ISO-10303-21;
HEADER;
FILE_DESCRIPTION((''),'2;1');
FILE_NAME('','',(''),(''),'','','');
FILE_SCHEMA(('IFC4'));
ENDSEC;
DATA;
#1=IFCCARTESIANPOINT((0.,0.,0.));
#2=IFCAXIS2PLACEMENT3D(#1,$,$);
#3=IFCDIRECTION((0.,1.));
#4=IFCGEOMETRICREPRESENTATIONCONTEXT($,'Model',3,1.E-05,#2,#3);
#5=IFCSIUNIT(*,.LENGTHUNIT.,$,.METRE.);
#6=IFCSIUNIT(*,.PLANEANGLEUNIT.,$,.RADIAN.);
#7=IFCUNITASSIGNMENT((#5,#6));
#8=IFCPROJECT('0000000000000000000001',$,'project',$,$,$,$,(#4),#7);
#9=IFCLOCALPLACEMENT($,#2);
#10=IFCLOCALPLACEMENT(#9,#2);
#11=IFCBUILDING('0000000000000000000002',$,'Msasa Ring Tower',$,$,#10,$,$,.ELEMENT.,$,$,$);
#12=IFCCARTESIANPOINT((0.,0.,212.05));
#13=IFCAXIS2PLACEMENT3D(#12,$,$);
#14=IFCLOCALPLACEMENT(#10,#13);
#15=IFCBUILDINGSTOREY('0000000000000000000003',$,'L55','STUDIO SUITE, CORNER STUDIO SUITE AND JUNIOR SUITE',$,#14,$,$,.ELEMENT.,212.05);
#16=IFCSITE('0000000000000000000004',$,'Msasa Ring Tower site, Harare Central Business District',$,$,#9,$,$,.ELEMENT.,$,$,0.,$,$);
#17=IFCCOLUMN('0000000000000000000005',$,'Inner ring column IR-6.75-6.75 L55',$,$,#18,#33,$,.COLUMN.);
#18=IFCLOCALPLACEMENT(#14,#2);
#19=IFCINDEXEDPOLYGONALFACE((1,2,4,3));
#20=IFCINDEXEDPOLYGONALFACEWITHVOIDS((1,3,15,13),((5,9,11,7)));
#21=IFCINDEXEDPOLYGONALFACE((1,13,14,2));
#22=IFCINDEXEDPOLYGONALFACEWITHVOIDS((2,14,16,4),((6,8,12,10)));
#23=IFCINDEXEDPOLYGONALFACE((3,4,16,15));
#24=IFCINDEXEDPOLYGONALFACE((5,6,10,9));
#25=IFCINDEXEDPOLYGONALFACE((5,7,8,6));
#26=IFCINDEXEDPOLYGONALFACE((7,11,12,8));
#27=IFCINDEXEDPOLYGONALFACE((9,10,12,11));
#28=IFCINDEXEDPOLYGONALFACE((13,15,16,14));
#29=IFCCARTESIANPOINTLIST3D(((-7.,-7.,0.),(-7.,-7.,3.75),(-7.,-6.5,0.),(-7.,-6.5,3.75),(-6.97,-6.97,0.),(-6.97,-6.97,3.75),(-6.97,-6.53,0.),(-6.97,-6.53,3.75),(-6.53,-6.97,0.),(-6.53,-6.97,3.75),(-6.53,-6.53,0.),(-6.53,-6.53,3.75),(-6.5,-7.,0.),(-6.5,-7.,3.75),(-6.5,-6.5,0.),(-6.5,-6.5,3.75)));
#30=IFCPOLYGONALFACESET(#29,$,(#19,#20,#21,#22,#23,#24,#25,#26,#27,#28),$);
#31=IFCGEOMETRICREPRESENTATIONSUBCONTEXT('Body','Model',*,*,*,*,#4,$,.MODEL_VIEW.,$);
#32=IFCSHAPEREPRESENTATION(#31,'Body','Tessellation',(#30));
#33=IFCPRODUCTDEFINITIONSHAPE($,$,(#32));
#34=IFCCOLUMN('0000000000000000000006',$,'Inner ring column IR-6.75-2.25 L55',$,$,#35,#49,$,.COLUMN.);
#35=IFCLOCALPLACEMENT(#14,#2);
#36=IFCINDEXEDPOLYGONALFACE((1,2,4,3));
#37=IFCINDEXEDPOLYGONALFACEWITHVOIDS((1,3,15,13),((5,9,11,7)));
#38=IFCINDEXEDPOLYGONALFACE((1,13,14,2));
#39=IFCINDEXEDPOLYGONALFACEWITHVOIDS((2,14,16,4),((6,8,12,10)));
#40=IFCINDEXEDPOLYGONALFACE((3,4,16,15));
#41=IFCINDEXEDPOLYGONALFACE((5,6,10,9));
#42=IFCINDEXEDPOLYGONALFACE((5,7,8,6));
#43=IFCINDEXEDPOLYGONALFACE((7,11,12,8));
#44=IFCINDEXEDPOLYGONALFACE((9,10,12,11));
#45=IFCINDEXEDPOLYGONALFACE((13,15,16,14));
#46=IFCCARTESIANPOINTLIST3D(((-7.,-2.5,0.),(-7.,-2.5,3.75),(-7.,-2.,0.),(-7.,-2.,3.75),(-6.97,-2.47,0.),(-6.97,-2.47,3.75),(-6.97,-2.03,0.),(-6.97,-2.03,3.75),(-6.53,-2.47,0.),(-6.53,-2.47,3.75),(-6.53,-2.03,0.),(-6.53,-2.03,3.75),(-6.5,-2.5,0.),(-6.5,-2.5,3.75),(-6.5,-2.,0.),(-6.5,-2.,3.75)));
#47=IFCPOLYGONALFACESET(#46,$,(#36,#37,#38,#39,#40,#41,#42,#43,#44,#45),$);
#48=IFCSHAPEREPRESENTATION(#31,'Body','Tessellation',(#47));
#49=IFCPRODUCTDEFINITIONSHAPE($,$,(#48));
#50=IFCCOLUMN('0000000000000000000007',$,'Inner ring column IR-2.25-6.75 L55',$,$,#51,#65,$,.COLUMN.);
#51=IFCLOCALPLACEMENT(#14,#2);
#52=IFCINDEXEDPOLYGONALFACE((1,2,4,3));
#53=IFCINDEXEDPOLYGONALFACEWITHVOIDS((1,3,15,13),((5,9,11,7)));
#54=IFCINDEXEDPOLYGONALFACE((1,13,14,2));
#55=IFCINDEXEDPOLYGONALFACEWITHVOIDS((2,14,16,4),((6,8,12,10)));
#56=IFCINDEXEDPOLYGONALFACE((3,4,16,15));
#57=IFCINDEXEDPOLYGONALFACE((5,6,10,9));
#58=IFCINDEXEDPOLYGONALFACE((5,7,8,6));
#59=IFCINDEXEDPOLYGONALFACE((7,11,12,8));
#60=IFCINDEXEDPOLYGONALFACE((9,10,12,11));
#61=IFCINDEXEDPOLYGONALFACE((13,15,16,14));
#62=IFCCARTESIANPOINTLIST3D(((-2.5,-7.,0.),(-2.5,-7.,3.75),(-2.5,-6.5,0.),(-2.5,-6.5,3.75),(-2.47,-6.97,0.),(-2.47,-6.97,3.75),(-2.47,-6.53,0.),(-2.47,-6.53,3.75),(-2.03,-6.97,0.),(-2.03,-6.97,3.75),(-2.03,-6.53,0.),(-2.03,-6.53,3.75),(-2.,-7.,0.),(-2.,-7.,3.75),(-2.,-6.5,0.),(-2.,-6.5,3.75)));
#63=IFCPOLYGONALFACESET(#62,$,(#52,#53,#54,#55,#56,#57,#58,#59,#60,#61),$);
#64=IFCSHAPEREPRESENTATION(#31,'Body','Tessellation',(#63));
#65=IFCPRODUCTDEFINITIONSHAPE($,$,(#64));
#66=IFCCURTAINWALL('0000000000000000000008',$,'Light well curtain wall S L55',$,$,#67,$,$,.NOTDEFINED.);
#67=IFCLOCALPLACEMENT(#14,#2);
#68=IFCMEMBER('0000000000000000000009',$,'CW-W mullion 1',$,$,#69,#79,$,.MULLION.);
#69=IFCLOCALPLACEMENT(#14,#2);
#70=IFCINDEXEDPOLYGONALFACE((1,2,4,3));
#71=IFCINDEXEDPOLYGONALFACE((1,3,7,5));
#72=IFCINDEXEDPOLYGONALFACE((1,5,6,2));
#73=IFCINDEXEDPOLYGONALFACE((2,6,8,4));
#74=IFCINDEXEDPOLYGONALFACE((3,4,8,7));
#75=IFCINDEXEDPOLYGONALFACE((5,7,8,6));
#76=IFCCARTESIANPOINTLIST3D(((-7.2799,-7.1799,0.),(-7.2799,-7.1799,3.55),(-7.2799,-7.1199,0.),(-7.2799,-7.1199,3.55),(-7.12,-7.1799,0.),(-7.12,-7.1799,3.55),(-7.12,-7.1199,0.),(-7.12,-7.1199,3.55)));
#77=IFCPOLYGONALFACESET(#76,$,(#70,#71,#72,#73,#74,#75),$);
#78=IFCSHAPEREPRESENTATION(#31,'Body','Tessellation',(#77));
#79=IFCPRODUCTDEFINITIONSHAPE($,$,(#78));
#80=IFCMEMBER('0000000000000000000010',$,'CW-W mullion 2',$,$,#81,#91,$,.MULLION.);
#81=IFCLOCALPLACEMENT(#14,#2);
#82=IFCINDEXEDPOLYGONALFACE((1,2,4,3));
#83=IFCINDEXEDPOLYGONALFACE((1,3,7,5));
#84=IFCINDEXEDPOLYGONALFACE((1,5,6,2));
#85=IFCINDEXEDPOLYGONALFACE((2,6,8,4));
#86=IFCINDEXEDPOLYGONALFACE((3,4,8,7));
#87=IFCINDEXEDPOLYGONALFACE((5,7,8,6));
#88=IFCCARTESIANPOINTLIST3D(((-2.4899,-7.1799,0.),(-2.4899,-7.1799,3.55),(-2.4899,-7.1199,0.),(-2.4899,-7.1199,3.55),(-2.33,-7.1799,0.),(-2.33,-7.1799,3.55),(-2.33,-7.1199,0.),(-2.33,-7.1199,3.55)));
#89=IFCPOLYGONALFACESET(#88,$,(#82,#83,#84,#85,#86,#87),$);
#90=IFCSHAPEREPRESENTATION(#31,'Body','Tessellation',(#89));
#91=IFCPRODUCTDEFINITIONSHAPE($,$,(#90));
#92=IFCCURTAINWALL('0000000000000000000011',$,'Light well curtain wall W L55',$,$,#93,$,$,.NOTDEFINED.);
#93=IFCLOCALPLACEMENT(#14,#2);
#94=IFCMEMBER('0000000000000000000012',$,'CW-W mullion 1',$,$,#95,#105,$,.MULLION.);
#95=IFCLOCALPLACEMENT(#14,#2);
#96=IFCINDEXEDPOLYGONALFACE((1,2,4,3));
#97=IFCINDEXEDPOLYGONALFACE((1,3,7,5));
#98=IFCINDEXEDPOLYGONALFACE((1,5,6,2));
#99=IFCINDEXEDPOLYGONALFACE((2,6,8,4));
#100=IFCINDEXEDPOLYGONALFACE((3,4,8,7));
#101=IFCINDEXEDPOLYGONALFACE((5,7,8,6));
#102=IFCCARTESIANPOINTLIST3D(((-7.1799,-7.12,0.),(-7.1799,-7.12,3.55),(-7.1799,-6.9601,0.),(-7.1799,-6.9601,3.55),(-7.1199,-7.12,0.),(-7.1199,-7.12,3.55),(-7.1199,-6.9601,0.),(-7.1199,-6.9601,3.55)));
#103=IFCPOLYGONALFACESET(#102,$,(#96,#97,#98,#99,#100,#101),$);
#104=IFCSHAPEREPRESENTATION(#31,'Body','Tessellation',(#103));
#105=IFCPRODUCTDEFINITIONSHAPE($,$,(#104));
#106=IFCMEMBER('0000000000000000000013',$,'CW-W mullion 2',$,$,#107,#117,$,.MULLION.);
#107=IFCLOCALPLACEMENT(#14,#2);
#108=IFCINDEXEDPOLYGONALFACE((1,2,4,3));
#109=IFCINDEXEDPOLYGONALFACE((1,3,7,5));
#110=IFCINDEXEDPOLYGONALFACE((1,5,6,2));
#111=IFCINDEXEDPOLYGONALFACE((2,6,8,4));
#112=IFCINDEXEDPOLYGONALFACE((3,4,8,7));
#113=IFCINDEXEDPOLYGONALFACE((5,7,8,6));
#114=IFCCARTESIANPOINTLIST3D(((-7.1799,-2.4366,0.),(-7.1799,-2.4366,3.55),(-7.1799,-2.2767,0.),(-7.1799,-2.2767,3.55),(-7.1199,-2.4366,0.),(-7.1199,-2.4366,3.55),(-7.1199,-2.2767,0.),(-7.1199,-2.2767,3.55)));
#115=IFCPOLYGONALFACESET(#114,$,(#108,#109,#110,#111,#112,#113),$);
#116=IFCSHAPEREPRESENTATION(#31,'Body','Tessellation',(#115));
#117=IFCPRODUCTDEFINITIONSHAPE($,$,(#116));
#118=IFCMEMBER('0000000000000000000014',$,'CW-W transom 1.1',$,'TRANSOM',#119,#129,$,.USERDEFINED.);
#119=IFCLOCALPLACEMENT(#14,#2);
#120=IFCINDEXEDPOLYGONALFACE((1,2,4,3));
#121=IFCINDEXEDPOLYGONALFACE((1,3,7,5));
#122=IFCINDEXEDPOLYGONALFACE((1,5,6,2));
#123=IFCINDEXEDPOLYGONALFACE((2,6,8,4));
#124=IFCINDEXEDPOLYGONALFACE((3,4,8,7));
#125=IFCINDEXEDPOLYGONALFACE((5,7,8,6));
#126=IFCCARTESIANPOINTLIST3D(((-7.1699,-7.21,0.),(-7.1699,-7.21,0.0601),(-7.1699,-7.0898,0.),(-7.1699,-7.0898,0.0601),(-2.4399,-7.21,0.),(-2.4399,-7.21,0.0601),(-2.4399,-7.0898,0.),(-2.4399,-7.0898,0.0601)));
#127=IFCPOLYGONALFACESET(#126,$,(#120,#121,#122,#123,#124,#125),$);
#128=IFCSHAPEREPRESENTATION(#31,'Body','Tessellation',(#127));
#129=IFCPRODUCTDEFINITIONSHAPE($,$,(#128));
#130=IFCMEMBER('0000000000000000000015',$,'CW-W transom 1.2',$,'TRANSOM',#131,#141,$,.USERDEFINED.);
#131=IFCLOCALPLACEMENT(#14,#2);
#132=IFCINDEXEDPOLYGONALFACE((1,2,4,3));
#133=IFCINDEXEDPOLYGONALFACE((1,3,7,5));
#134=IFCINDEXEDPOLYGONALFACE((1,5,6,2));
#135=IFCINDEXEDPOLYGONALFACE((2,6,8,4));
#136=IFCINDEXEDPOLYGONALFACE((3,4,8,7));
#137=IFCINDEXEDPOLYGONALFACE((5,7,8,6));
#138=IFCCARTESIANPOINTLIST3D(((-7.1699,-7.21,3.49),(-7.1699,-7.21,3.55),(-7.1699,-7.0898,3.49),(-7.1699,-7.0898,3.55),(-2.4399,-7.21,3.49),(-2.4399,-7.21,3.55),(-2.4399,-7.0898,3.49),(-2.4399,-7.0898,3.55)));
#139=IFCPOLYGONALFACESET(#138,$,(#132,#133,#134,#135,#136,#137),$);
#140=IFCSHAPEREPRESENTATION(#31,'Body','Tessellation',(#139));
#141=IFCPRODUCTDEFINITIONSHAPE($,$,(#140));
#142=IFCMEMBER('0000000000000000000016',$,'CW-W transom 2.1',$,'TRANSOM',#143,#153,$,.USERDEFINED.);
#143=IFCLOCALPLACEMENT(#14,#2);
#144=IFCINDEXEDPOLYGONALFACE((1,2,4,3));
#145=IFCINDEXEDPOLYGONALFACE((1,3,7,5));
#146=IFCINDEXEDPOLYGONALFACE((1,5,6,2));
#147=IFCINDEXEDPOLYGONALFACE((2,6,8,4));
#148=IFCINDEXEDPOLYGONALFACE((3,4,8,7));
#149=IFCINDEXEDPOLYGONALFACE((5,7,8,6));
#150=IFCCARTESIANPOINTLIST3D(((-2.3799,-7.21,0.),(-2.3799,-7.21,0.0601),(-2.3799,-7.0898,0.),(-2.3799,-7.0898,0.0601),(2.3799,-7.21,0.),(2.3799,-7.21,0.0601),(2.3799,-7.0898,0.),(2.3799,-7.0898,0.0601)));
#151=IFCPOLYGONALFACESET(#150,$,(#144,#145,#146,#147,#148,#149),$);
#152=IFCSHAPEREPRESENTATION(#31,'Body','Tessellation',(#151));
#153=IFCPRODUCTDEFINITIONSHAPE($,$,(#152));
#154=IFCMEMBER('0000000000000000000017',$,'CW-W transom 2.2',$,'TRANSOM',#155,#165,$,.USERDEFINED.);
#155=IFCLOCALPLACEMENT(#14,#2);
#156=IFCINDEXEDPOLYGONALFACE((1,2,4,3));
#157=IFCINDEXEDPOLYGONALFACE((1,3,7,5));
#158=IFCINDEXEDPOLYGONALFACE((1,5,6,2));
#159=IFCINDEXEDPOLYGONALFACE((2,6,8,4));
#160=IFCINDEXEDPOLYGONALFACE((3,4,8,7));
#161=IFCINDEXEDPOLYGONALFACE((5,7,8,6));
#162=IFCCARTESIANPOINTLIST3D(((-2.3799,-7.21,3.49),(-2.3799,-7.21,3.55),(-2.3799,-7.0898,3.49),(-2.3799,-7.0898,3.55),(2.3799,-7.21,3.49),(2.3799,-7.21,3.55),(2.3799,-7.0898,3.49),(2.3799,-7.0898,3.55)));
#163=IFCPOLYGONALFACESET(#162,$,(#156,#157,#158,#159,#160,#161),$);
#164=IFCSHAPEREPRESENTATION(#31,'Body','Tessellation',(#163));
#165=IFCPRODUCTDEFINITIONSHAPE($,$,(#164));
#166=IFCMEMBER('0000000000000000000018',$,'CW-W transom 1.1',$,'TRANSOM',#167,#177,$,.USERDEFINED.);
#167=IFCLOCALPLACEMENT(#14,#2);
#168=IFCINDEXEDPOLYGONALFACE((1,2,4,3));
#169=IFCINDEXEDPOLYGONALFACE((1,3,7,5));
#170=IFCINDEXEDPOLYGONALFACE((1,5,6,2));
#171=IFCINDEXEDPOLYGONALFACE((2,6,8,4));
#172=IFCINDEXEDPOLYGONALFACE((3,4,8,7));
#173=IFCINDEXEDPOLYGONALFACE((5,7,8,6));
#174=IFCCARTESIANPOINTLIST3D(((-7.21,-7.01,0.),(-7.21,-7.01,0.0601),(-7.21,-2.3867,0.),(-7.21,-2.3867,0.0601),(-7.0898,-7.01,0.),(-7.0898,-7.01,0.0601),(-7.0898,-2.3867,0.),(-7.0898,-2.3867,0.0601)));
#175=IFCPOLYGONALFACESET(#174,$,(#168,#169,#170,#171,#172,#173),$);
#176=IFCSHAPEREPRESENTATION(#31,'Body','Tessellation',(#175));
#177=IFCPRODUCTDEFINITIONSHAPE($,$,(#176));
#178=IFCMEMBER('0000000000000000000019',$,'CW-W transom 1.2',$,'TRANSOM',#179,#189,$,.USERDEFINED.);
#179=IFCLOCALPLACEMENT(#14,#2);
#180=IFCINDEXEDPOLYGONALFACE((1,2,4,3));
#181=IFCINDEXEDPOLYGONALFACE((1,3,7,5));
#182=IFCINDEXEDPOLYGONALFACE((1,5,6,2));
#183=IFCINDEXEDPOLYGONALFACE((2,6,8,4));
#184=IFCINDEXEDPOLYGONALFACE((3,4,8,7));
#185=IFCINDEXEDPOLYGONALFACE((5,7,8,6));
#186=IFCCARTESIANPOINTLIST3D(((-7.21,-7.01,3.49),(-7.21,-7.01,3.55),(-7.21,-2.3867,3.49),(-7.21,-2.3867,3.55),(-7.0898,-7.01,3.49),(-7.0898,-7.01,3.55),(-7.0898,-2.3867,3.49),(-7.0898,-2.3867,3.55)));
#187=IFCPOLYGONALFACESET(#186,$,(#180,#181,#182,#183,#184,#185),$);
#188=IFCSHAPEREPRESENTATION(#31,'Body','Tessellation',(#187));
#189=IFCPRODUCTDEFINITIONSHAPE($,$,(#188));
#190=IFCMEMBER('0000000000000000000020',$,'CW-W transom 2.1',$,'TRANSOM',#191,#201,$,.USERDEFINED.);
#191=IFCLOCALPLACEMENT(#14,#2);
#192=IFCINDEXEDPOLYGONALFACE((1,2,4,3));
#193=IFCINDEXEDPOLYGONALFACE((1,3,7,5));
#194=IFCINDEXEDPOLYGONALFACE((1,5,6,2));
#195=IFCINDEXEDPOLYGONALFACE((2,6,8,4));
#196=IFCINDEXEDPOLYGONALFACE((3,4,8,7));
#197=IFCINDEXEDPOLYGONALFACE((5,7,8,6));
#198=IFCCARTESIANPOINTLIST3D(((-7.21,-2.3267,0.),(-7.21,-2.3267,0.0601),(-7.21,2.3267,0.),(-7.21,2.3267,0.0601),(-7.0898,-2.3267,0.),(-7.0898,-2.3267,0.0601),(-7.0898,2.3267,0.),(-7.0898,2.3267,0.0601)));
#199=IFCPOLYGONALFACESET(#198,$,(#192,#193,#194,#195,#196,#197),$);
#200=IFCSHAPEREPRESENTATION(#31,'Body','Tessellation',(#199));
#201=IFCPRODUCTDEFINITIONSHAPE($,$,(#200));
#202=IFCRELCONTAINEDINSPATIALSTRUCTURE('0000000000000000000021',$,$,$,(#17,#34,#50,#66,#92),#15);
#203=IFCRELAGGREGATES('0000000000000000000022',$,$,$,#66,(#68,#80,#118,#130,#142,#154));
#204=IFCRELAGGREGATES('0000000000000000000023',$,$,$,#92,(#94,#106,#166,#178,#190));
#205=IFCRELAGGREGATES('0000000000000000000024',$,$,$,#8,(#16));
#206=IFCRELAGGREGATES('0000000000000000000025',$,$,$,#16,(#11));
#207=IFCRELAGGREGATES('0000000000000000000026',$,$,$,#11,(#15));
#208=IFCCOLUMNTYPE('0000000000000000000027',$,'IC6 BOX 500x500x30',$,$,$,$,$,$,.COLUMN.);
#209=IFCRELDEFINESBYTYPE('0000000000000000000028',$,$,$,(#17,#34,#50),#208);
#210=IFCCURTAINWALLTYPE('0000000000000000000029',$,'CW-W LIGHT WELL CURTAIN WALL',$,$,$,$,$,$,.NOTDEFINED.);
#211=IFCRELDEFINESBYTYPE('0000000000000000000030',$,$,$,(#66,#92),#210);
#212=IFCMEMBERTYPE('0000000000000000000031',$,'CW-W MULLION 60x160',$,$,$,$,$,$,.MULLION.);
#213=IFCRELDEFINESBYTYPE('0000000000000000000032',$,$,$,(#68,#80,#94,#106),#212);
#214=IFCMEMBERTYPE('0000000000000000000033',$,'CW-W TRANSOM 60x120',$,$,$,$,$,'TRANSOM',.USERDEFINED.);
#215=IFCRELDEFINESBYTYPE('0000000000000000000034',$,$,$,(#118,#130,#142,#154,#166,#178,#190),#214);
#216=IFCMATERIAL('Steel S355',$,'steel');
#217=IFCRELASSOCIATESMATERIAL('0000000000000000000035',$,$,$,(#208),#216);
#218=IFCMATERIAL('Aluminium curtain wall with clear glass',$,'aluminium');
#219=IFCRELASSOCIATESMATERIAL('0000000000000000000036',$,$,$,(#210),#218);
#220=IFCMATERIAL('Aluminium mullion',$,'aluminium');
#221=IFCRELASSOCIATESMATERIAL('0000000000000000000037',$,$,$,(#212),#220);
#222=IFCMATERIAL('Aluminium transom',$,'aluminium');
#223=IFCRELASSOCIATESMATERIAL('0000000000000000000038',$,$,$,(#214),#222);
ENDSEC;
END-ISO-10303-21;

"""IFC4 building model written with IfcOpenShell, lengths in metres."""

from ifc_helpers import new_model, si_unit, direction, frame, origin, origin_2d, place, context, subcontext, project, spatial, rectangle, hollow_rectangle, extrude, material, material_profile, profile_set, type_object, element, aggregate, save


model = new_model("IFC4")

# Units and contexts
model_context = context("Model", 3, precision=1e-05, world=origin(), true_north=direction((0.0, 1.0)))
body_context = subcontext(model_context, "Body", "Model", "MODEL_VIEW")
ifc_project = project(units=[si_unit("LENGTHUNIT", "METRE"), si_unit("PLANEANGLEUNIT", "RADIAN")], contexts=[model_context])

# Site, building, storey
site_placement = place(None, origin())
site = spatial("IfcSite", under=ifc_project, at=site_placement, Name="Msasa Ring Tower site, Harare Central Business District", CompositionType="ELEMENT", RefElevation=0.0)
building_placement = place(site_placement, origin())
building = spatial("IfcBuilding", under=site, at=building_placement, Name="Msasa Ring Tower", CompositionType="ELEMENT")
storey_placement = place(building_placement, frame((0.0, 0.0, 212.05)))
storey = spatial("IfcBuildingStorey", under=building, at=storey_placement, Name="L55", Description="STUDIO SUITE, CORNER STUDIO SUITE AND JUNIOR SUITE", CompositionType="ELEMENT", Elevation=212.05)

# Columns
ifc_material_1 = material(Name="Steel S355", Category="steel")
ifc_material_profile_1 = material_profile(ifc_material_1, hollow_rectangle(XDim=0.5, YDim=0.5, WallThickness=0.03, at=origin_2d()), Name="BOX 500x500x30")
ifc_profile_set_1 = profile_set([ifc_material_profile_1], Name="Steel S355")
column_type = type_object("IfcColumnType", Name="IC6 BOX 500x500x30", PredefinedType="COLUMN", material=ifc_profile_set_1)
for number, where, z_axis, x_axis, name in (
    (1, (-6.75, -6.75, 0.0), (0.0, 0.0, 1.0), (1.0, 0.0, 0.0), "Inner ring column IR-6.75-6.75 L55"),
    (2, (-6.75, -2.25, 0.0), (0.0, 0.0, 1.0), (1.0, 0.0, 0.0), "Inner ring column IR-6.75-2.25 L55"),
    (3, (-2.25, -6.75, 0.0), (0.0, 0.0, 1.0), (1.0, 0.0, 0.0), "Inner ring column IR-2.25-6.75 L55"),
):
    element("IfcColumn", number, at=place(storey_placement, frame(where, z_axis=z_axis, x_axis=x_axis)), inside=storey, type_object=column_type, Name=name, PredefinedType="COLUMN", context=body_context, shape_type="SweptSolid", body=[
        extrude(hollow_rectangle(XDim=0.5, YDim=0.5, WallThickness=0.03, at=origin_2d()), origin(), (0.0, 0.0, 1.0), 3.75),
    ])

# Curtain walls, members
ifc_material_2 = material(Name="Aluminium curtain wall with clear glass", Category="aluminium")
curtain_wall_type = type_object("IfcCurtainWallType", Name="CW-W LIGHT WELL CURTAIN WALL", PredefinedType="NOTDEFINED", material=ifc_material_2)
curtain_wall_1_placement = place(storey_placement, origin())
curtain_wall_1 = element("IfcCurtainWall", 4, at=curtain_wall_1_placement, inside=storey, type_object=curtain_wall_type, Name="Light well curtain wall S L55", PredefinedType="NOTDEFINED")
ifc_material_3 = material(Name="Aluminium mullion", Category="aluminium")
ifc_material_profile_2 = material_profile(ifc_material_3, rectangle(XDim=0.0601, YDim=0.1599, at=origin_2d()), Name="AL 60x160")
ifc_profile_set_2 = profile_set([ifc_material_profile_2], Name="Aluminium mullion")
member_type_1 = type_object("IfcMemberType", Name="CW-W MULLION 60x160", PredefinedType="MULLION", material=ifc_profile_set_2)
member_1_placement = place(storey_placement, frame((-7.2, -7.1499, 0.0), z_axis=(0.0, 0.0, 1.0), x_axis=(0.0, 1.0, 0.0)))
member_1 = element("IfcMember", 5, at=member_1_placement, type_object=member_type_1, Name="CW-W mullion 1", PredefinedType="MULLION", context=body_context, shape_type="SweptSolid", body=[
    extrude(rectangle(XDim=0.0601, YDim=0.1599, at=origin_2d()), origin(), (0.0, 0.0, 1.0), 3.55),
])
member_2_placement = place(storey_placement, frame((-2.4099, -7.1499, 0.0), z_axis=(0.0, 0.0, 1.0), x_axis=(0.0, 1.0, 0.0)))
member_2 = element("IfcMember", 6, at=member_2_placement, type_object=member_type_1, Name="CW-W mullion 2", PredefinedType="MULLION", context=body_context, shape_type="SweptSolid", body=[
    extrude(rectangle(XDim=0.0601, YDim=0.1599, at=origin_2d()), origin(), (0.0, 0.0, 1.0), 3.55),
])
curtain_wall_2_placement = place(storey_placement, origin())
curtain_wall_2 = element("IfcCurtainWall", 7, at=curtain_wall_2_placement, inside=storey, type_object=curtain_wall_type, Name="Light well curtain wall W L55", PredefinedType="NOTDEFINED")
member_3_placement = place(storey_placement, frame((-7.1499, -7.04, 0.0), z_axis=(0.0, 0.0, 1.0), x_axis=(-1.0, 0.0, 0.0)))
member_3 = element("IfcMember", 8, at=member_3_placement, type_object=member_type_1, Name="CW-W mullion 1", PredefinedType="MULLION", context=body_context, shape_type="SweptSolid", body=[
    extrude(rectangle(XDim=0.0601, YDim=0.1599, at=origin_2d()), origin(), (0.0, 0.0, 1.0), 3.55),
])
member_4_placement = place(storey_placement, frame((-7.1499, -2.3567, 0.0), z_axis=(0.0, 0.0, 1.0), x_axis=(-1.0, 0.0, 0.0)))
member_4 = element("IfcMember", 9, at=member_4_placement, type_object=member_type_1, Name="CW-W mullion 2", PredefinedType="MULLION", context=body_context, shape_type="SweptSolid", body=[
    extrude(rectangle(XDim=0.0601, YDim=0.1599, at=origin_2d()), origin(), (0.0, 0.0, 1.0), 3.55),
])

# Members
ifc_material_4 = material(Name="Aluminium transom", Category="aluminium")
ifc_material_profile_3 = material_profile(ifc_material_4, rectangle(XDim=0.1201, YDim=0.0601, at=origin_2d()), Name="AL 60x120")
ifc_profile_set_3 = profile_set([ifc_material_profile_3], Name="Aluminium transom")
member_type_2 = type_object("IfcMemberType", Name="CW-W TRANSOM 60x120", ElementType="TRANSOM", PredefinedType="USERDEFINED", material=ifc_profile_set_3)
member_5_placement = place(storey_placement, frame((-7.1699, -7.1499, 0.03), z_axis=(1.0, 0.0, 0.0), x_axis=(0.0, 1.0, 0.0)))
member_5 = element("IfcMember", 10, at=member_5_placement, type_object=member_type_2, Name="CW-W transom 1.1", ObjectType="TRANSOM", PredefinedType="USERDEFINED", context=body_context, shape_type="SweptSolid", body=[
    extrude(rectangle(XDim=0.1201, YDim=0.0601, at=origin_2d()), origin(), (0.0, 0.0, 1.0), 4.73),
])
member_6_placement = place(storey_placement, frame((-7.1699, -7.1499, 3.52), z_axis=(1.0, 0.0, 0.0), x_axis=(0.0, 1.0, 0.0)))
member_6 = element("IfcMember", 11, at=member_6_placement, type_object=member_type_2, Name="CW-W transom 1.2", ObjectType="TRANSOM", PredefinedType="USERDEFINED", context=body_context, shape_type="SweptSolid", body=[
    extrude(rectangle(XDim=0.1201, YDim=0.0601, at=origin_2d()), origin(), (0.0, 0.0, 1.0), 4.73),
])
member_7_placement = place(storey_placement, frame((-2.3799, -7.1499, 0.03), z_axis=(1.0, 0.0, 0.0), x_axis=(0.0, 1.0, 0.0)))
member_7 = element("IfcMember", 12, at=member_7_placement, type_object=member_type_2, Name="CW-W transom 2.1", ObjectType="TRANSOM", PredefinedType="USERDEFINED", context=body_context, shape_type="SweptSolid", body=[
    extrude(rectangle(XDim=0.1201, YDim=0.0601, at=origin_2d()), origin(), (0.0, 0.0, 1.0), 4.7598),
])
member_8_placement = place(storey_placement, frame((-2.3799, -7.1499, 3.52), z_axis=(1.0, 0.0, 0.0), x_axis=(0.0, 1.0, 0.0)))
member_8 = element("IfcMember", 13, at=member_8_placement, type_object=member_type_2, Name="CW-W transom 2.2", ObjectType="TRANSOM", PredefinedType="USERDEFINED", context=body_context, shape_type="SweptSolid", body=[
    extrude(rectangle(XDim=0.1201, YDim=0.0601, at=origin_2d()), origin(), (0.0, 0.0, 1.0), 4.7598),
])
member_9_placement = place(storey_placement, frame((-7.1499, -7.01, 0.03), z_axis=(0.0, 1.0, 0.0), x_axis=(-1.0, 0.0, 0.0)))
member_9 = element("IfcMember", 14, at=member_9_placement, type_object=member_type_2, Name="CW-W transom 1.1", ObjectType="TRANSOM", PredefinedType="USERDEFINED", context=body_context, shape_type="SweptSolid", body=[
    extrude(rectangle(XDim=0.1201, YDim=0.0601, at=origin_2d()), origin(), (0.0, 0.0, 1.0), 4.6233),
])
member_10_placement = place(storey_placement, frame((-7.1499, -7.01, 3.52), z_axis=(0.0, 1.0, 0.0), x_axis=(-1.0, 0.0, 0.0)))
member_10 = element("IfcMember", 15, at=member_10_placement, type_object=member_type_2, Name="CW-W transom 1.2", ObjectType="TRANSOM", PredefinedType="USERDEFINED", context=body_context, shape_type="SweptSolid", body=[
    extrude(rectangle(XDim=0.1201, YDim=0.0601, at=origin_2d()), origin(), (0.0, 0.0, 1.0), 4.6233),
])
member_11_placement = place(storey_placement, frame((-7.1499, -2.3267, 0.03), z_axis=(0.0, 1.0, 0.0), x_axis=(-1.0, 0.0, 0.0)))
member_11 = element("IfcMember", 16, at=member_11_placement, type_object=member_type_2, Name="CW-W transom 2.1", ObjectType="TRANSOM", PredefinedType="USERDEFINED", context=body_context, shape_type="SweptSolid", body=[
    extrude(rectangle(XDim=0.1201, YDim=0.0601, at=origin_2d()), origin(), (0.0, 0.0, 1.0), 4.6533),
])

aggregate(curtain_wall_1, [member_1, member_2, member_5, member_6, member_7, member_8])
aggregate(curtain_wall_2, [member_3, member_4, member_9, member_10, member_11])

save(model, "model.ifc")
